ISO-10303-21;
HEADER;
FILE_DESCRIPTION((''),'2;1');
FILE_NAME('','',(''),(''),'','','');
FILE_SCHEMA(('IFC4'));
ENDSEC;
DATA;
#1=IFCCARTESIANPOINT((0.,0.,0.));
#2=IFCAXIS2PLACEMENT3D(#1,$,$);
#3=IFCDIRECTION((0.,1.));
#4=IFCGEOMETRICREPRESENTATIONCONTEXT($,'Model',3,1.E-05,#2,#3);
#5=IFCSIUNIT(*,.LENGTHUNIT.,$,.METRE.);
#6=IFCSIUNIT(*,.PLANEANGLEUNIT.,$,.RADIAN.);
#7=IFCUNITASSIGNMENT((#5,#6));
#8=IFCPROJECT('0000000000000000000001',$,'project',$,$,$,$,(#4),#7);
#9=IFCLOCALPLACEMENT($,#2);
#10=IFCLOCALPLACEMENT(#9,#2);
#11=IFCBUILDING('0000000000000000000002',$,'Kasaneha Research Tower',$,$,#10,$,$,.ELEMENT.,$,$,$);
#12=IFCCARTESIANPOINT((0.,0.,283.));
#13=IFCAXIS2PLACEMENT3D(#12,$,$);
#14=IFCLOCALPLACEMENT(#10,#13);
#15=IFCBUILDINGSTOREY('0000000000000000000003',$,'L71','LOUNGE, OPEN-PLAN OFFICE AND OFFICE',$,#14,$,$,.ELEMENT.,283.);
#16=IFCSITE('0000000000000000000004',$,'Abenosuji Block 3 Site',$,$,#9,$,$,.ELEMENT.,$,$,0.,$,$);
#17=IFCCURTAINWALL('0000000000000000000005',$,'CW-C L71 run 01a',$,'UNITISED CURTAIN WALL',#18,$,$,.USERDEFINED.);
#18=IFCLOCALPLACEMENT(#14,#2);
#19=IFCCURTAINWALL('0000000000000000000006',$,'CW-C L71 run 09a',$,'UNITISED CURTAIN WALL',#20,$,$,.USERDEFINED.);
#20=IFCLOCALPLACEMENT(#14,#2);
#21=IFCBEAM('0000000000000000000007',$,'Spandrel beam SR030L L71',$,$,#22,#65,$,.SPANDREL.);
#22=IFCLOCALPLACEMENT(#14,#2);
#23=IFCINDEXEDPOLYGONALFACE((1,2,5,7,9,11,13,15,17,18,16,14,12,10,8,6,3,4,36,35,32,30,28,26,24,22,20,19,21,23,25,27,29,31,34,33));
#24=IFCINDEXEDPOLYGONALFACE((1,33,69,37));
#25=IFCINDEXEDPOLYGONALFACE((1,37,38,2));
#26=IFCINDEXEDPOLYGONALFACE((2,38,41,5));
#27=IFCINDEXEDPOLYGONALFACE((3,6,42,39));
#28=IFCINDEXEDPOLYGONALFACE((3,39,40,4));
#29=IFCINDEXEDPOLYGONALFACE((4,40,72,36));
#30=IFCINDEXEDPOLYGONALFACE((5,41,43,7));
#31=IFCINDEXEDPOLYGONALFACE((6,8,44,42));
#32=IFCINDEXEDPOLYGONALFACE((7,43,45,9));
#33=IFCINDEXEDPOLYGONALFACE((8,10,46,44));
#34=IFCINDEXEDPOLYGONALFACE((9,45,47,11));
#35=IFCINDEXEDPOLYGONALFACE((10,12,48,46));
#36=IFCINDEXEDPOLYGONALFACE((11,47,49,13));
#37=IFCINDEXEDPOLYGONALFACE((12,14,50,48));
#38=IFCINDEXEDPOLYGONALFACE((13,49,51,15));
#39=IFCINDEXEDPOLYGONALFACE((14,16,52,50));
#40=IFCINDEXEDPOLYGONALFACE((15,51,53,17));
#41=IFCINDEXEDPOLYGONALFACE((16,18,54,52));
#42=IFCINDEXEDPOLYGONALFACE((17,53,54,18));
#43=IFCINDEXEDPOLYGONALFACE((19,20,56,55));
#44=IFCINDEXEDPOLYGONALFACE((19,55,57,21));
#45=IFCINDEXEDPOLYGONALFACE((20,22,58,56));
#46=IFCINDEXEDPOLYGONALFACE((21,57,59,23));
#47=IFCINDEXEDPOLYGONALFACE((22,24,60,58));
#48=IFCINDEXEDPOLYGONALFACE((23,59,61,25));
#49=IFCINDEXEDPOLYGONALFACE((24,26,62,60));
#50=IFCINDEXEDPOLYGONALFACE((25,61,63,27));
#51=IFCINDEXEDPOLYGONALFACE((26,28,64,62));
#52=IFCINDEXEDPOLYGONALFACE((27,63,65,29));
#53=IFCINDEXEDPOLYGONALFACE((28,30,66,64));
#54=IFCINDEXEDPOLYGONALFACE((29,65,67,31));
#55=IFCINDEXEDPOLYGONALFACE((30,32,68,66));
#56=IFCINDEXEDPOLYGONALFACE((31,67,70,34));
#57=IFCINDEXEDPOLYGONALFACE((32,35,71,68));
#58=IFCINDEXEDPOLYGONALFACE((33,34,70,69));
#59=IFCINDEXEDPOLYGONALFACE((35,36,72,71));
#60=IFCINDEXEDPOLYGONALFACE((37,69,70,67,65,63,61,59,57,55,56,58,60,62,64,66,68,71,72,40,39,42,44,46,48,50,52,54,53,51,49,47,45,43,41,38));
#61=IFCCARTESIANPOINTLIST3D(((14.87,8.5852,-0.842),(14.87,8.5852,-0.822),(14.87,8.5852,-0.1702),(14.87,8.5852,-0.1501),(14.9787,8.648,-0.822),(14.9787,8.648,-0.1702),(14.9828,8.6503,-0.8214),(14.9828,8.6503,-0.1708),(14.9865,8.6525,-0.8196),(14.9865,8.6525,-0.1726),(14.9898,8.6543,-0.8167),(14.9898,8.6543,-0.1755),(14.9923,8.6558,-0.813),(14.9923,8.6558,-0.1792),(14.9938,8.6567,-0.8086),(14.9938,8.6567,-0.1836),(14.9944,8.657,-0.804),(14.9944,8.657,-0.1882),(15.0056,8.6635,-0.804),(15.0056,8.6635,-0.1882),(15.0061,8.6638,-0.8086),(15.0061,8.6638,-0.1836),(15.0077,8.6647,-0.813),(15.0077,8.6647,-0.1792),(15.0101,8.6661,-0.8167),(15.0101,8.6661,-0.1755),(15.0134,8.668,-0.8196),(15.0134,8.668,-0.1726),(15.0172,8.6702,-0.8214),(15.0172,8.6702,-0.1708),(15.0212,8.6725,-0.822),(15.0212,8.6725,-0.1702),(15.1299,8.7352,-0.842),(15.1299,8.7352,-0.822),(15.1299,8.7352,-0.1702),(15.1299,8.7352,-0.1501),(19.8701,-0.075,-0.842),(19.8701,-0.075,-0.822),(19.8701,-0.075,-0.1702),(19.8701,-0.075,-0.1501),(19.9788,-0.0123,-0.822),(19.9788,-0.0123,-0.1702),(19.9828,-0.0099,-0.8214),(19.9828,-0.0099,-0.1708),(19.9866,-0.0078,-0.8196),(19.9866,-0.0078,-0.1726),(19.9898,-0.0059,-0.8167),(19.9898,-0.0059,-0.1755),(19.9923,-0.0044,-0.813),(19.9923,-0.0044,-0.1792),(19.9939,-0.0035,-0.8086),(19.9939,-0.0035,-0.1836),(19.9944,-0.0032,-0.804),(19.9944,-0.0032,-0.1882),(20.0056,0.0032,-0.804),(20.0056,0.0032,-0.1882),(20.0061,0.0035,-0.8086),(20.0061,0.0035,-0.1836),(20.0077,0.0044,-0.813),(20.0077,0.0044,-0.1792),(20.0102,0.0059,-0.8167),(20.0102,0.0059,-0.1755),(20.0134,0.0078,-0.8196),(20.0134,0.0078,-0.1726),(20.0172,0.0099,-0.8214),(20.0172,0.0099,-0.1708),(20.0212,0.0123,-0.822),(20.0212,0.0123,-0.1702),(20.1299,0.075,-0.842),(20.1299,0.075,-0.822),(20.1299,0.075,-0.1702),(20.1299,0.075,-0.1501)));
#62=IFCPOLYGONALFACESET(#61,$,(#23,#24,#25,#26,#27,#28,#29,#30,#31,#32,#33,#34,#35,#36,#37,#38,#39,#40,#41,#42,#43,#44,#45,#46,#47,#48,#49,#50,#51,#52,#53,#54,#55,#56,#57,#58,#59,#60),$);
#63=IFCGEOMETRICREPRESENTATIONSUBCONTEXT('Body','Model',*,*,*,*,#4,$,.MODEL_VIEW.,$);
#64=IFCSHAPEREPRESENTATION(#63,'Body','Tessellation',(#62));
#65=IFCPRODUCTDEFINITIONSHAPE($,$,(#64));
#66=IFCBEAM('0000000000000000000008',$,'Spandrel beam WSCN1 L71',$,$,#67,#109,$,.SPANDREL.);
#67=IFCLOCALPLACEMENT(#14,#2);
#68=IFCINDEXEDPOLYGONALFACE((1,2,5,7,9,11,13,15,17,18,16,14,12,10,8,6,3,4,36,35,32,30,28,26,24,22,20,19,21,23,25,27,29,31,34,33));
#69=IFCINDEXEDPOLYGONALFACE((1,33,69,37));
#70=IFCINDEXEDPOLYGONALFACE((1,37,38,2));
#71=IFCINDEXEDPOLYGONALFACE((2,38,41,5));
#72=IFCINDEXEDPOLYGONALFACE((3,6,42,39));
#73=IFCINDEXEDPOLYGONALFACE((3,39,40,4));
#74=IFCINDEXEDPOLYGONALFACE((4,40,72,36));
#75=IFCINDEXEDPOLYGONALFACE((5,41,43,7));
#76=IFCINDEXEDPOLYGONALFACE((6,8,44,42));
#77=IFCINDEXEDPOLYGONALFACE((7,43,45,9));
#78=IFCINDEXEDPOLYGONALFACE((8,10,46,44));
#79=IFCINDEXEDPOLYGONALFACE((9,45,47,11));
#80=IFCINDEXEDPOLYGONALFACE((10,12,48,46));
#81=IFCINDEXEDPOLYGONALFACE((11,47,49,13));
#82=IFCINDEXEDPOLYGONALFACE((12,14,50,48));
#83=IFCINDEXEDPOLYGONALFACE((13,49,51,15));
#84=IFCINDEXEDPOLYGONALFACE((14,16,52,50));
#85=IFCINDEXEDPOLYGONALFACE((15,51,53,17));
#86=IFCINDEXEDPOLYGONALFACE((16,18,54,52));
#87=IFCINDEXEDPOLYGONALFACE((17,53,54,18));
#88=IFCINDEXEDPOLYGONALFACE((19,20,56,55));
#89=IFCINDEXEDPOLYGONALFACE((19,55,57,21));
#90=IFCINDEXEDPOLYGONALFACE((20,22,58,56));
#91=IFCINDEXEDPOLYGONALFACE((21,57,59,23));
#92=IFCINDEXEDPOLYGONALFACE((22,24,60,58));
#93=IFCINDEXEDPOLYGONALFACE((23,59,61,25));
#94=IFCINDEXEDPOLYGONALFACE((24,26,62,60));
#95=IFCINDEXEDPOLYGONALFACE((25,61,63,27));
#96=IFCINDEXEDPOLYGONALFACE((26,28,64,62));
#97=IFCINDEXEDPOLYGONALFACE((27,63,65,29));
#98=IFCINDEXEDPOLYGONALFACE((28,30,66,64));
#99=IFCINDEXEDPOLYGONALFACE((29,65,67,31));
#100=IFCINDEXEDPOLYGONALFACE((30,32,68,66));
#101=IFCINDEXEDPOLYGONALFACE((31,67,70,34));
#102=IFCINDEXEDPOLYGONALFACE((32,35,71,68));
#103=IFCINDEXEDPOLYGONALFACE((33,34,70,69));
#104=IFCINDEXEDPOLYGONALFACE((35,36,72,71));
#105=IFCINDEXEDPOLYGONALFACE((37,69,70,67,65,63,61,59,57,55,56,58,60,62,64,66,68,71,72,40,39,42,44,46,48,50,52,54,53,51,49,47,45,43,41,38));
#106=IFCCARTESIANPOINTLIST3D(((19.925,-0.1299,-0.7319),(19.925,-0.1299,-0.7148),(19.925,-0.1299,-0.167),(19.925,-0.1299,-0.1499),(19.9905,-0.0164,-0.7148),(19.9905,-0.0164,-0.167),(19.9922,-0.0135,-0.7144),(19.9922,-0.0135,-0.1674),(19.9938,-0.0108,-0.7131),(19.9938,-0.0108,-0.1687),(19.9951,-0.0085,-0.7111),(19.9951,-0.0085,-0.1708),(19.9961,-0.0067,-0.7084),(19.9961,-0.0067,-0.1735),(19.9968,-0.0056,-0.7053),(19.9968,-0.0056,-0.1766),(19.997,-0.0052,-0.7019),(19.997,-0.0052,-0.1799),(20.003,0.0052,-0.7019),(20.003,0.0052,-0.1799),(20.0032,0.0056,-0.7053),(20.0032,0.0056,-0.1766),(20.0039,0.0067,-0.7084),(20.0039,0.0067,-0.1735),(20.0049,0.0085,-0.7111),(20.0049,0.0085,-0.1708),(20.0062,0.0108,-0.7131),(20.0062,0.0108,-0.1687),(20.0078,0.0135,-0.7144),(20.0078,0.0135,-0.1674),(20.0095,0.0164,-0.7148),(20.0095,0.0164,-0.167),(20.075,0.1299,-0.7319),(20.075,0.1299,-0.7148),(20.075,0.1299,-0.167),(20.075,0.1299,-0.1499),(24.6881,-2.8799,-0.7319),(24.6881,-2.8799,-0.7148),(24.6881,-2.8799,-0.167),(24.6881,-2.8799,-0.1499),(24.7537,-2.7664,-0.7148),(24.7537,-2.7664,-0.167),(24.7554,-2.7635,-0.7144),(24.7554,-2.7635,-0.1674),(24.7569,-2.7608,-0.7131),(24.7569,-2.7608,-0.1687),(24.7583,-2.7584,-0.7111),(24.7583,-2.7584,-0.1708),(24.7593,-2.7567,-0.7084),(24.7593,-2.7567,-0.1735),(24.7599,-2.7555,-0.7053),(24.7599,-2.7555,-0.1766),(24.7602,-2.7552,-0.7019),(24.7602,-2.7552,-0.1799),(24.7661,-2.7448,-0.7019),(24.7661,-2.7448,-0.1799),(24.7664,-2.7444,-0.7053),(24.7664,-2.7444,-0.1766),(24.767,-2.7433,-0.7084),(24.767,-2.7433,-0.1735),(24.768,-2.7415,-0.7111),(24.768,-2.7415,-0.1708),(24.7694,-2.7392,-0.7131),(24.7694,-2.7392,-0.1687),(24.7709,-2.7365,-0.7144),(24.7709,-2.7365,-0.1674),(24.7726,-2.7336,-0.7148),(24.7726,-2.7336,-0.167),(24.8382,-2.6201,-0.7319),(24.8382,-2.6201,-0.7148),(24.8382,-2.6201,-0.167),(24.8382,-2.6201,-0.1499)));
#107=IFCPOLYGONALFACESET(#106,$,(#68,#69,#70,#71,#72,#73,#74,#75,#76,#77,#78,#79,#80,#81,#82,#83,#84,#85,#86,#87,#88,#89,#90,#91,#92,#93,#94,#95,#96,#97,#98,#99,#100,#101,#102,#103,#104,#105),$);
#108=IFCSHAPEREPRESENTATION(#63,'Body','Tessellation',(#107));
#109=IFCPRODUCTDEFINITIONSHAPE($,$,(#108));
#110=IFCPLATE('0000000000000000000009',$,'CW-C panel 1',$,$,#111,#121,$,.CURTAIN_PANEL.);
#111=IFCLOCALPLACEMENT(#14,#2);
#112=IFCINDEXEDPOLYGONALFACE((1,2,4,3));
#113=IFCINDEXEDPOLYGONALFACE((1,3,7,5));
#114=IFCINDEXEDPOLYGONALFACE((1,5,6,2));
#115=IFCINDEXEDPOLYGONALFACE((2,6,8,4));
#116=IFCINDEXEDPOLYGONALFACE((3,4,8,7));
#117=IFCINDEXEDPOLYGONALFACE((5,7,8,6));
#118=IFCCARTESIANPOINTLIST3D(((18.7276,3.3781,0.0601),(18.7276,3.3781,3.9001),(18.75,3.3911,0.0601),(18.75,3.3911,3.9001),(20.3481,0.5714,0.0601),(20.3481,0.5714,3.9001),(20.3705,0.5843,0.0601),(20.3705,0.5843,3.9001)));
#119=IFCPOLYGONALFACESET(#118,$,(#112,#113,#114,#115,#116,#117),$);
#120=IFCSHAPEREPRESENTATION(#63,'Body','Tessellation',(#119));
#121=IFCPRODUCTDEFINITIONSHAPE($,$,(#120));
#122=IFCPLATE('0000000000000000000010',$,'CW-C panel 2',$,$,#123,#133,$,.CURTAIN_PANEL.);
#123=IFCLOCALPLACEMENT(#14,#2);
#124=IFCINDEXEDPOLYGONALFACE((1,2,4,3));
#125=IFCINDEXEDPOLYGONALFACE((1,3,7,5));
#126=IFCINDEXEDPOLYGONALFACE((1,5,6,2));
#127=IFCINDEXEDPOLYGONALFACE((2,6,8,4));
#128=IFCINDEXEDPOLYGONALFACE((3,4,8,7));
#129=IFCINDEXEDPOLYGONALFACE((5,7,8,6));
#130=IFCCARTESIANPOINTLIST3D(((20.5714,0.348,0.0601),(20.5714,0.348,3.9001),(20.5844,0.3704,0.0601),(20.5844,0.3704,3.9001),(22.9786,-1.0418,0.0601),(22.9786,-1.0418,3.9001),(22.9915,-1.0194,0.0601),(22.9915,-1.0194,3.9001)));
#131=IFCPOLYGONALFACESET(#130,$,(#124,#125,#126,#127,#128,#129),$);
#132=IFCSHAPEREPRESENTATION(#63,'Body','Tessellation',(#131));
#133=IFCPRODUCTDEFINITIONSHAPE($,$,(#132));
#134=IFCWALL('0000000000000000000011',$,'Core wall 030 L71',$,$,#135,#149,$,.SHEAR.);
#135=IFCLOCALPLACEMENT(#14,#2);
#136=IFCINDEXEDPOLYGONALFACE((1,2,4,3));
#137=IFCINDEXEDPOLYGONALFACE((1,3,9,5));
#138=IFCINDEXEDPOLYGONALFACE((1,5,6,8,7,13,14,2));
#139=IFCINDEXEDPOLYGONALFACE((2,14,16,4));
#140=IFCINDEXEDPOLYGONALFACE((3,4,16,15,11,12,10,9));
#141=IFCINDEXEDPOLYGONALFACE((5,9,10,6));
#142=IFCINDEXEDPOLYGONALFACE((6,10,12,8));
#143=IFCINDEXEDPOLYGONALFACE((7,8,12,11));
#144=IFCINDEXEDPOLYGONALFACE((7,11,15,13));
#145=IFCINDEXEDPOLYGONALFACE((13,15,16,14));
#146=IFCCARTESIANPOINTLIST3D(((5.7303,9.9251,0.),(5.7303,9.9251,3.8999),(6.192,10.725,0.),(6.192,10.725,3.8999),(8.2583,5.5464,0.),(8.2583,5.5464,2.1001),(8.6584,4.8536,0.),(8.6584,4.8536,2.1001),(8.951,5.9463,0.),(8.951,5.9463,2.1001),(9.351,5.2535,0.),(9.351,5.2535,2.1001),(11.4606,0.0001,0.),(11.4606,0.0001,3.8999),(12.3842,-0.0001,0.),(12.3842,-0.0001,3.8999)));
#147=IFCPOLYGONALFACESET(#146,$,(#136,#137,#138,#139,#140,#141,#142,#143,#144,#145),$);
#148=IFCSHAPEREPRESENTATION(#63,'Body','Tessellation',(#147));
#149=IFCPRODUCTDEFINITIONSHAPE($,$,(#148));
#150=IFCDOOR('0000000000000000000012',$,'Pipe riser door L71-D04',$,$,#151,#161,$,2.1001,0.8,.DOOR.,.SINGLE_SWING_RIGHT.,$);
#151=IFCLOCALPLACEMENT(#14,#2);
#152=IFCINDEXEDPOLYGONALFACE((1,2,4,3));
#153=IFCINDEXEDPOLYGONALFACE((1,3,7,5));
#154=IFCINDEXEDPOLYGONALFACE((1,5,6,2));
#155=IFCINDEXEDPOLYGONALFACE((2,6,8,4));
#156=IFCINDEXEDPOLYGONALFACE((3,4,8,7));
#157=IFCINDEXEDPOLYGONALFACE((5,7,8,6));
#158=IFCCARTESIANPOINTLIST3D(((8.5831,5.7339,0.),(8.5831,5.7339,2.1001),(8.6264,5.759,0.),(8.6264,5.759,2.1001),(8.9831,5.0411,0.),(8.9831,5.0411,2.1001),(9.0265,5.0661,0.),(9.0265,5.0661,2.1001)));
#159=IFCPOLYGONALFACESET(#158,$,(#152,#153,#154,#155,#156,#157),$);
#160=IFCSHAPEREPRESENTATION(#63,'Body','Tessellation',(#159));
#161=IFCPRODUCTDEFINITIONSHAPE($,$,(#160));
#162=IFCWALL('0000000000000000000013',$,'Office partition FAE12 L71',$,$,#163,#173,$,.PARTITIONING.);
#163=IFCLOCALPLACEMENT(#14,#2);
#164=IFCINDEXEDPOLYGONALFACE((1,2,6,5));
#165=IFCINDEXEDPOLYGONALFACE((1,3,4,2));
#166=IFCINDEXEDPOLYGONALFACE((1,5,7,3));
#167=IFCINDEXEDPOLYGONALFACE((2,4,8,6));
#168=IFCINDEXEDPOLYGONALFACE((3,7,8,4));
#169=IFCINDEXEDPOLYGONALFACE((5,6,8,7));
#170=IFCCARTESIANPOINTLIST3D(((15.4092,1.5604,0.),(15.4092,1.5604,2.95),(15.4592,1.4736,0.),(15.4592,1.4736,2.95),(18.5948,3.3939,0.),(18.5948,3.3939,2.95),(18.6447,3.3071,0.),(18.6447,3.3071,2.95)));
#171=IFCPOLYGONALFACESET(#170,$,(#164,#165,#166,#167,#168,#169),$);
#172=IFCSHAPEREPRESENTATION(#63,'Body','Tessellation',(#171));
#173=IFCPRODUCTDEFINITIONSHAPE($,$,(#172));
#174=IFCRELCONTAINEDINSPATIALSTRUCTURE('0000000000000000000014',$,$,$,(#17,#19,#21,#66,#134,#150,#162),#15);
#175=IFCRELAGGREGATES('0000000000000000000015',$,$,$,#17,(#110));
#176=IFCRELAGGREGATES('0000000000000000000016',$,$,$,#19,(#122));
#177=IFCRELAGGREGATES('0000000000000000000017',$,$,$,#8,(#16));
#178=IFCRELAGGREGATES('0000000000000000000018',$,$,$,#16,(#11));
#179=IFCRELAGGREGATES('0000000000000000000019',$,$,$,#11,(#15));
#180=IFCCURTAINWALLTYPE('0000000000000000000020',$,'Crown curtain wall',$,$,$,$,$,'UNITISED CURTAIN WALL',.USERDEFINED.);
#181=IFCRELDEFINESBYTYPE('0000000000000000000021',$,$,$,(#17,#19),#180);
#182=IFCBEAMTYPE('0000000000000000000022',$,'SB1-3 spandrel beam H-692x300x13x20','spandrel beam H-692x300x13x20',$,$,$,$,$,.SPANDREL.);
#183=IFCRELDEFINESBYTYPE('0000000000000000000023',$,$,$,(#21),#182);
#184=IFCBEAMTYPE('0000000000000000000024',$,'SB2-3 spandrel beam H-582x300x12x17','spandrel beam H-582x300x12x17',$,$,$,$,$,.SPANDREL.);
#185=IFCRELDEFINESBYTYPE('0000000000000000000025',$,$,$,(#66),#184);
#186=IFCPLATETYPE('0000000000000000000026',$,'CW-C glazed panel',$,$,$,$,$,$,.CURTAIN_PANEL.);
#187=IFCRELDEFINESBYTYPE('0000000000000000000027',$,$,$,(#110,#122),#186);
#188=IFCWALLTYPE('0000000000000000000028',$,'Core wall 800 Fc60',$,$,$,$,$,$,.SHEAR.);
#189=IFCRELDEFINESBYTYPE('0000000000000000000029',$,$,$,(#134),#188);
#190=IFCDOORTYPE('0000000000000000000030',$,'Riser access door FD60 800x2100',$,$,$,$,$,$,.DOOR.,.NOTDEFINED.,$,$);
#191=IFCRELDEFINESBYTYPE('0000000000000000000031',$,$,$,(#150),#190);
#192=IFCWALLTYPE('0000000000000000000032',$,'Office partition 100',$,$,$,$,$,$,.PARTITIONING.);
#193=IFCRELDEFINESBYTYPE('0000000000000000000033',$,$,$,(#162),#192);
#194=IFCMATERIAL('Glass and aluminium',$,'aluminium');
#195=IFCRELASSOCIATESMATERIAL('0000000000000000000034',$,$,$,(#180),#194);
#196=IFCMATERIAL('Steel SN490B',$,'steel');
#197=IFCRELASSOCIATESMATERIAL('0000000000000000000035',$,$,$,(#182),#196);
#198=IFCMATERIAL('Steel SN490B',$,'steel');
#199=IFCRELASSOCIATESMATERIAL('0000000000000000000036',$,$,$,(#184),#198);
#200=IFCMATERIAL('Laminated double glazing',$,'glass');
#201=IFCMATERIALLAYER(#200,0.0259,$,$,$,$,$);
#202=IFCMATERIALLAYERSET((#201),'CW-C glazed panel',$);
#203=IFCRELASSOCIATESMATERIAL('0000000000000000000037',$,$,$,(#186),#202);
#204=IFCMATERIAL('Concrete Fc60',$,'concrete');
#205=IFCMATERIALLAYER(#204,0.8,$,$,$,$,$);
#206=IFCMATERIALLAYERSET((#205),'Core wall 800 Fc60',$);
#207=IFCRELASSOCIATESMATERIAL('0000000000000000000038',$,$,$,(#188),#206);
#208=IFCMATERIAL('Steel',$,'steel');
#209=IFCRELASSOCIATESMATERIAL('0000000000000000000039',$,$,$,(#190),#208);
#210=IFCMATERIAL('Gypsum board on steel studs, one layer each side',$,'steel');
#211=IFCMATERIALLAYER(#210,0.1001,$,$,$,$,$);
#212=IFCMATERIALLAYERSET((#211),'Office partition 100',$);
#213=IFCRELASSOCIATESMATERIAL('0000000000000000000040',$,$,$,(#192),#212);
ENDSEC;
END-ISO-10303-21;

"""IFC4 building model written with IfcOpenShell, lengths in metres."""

from ifc_helpers import new_model, si_unit, direction, frame, frame_2d, origin, origin_2d, place, context, subcontext, project, spatial, polyline, rectangle, i_section, outline, extrude, material, layer, layer_set, material_profile, profile_set, type_object, element, fill, aggregate, save


model = new_model("IFC4")

# Units and contexts
model_context = context("Model", 3, precision=1e-05, world=origin(), true_north=direction((0.0, 1.0)))
body_context = subcontext(model_context, "Body", "Model", "MODEL_VIEW")
ifc_project = project(units=[si_unit("LENGTHUNIT", "METRE"), si_unit("PLANEANGLEUNIT", "RADIAN")], contexts=[model_context])

# Site, building, storey
site_placement = place(None, origin())
site = spatial("IfcSite", under=ifc_project, at=site_placement, Name="Abenosuji Block 3 Site", CompositionType="ELEMENT", RefElevation=0.0)
building_placement = place(site_placement, origin())
building = spatial("IfcBuilding", under=site, at=building_placement, Name="Kasaneha Research Tower", CompositionType="ELEMENT")
storey_placement = place(building_placement, frame((0.0, 0.0, 283.0)))
storey = spatial("IfcBuildingStorey", under=building, at=storey_placement, Name="L71", Description="LOUNGE, OPEN-PLAN OFFICE AND OFFICE", CompositionType="ELEMENT", Elevation=283.0)

# Curtain walls
ifc_material_1 = material(Name="Glass and aluminium", Category="aluminium")
curtain_wall_type = type_object("IfcCurtainWallType", Name="Crown curtain wall", ElementType="UNITISED CURTAIN WALL", PredefinedType="USERDEFINED", material=ifc_material_1)
curtain_wall_1_placement = place(storey_placement, origin())
curtain_wall_1 = element("IfcCurtainWall", 1, at=curtain_wall_1_placement, inside=storey, type_object=curtain_wall_type, Name="CW-C L71 run 01a", ObjectType="UNITISED CURTAIN WALL", PredefinedType="USERDEFINED")
curtain_wall_2_placement = place(storey_placement, origin())
curtain_wall_2 = element("IfcCurtainWall", 2, at=curtain_wall_2_placement, inside=storey, type_object=curtain_wall_type, Name="CW-C L71 run 09a", ObjectType="UNITISED CURTAIN WALL", PredefinedType="USERDEFINED")

# Beams
ifc_material_2 = material(Name="Steel SN490B", Category="steel")
ifc_material_profile_1 = material_profile(ifc_material_2, i_section(OverallWidth=0.3, OverallDepth=0.6919, WebThickness=0.0129, FlangeThickness=0.02, FilletRadius=0.0181, at=origin_2d()), Name="H-692x300x13x20")
ifc_profile_set_1 = profile_set([ifc_material_profile_1], Name="Steel SN490B")
beam_type_1 = type_object("IfcBeamType", Name="SB1-3 spandrel beam H-692x300x13x20", Description="spandrel beam H-692x300x13x20", PredefinedType="SPANDREL", material=ifc_profile_set_1)
beam_1_placement = place(storey_placement, frame((20.0, 0.0, -0.4961), z_axis=(-0.500004, 0.866023, 0.0), x_axis=(-0.866023, -0.500004, 0.0)))
element("IfcBeam", 3, at=beam_1_placement, inside=storey, type_object=beam_type_1, Name="Spandrel beam SR030L L71", PredefinedType="SPANDREL", context=body_context, shape_type="SweptSolid", body=[
    extrude(i_section(OverallWidth=0.3, OverallDepth=0.6919, WebThickness=0.0129, FlangeThickness=0.02, FilletRadius=0.0181, at=origin_2d()), origin(), (0.0, 0.0, 1.0), 10.0),
])
ifc_material_3 = material(Name="Steel SN490B", Category="steel")
ifc_material_profile_2 = material_profile(ifc_material_3, i_section(OverallWidth=0.3, OverallDepth=0.582, WebThickness=0.012, FlangeThickness=0.0171, FilletRadius=0.0129, at=origin_2d()), Name="H-582x300x12x17")
ifc_profile_set_2 = profile_set([ifc_material_profile_2], Name="Steel SN490B")
beam_type_2 = type_object("IfcBeamType", Name="SB2-3 spandrel beam H-582x300x12x17", Description="spandrel beam H-582x300x12x17", PredefinedType="SPANDREL", material=ifc_profile_set_2)
beam_2_placement = place(storey_placement, frame((20.0, 0.0, -0.4409), z_axis=(0.866027, -0.499997, 0.0), x_axis=(0.499997, 0.866027, 0.0)))
element("IfcBeam", 4, at=beam_2_placement, inside=storey, type_object=beam_type_2, Name="Spandrel beam WSCN1 L71", PredefinedType="SPANDREL", context=body_context, shape_type="SweptSolid", body=[
    extrude(i_section(OverallWidth=0.3, OverallDepth=0.582, WebThickness=0.012, FlangeThickness=0.0171, FilletRadius=0.0129, at=origin_2d()), origin(), (0.0, 0.0, 1.0), 5.5),
])

# Plates
ifc_material_4 = material(Name="Laminated double glazing", Category="glass")
ifc_layer_1 = layer(ifc_material_4, 0.0259)
ifc_layer_set_1 = layer_set([ifc_layer_1], Name="CW-C glazed panel")
plate_type = type_object("IfcPlateType", Name="CW-C glazed panel", PredefinedType="CURTAIN_PANEL", material=ifc_layer_set_1)
plate_1_placement = place(storey_placement, frame((19.5491, 1.9812, 0.0601), z_axis=(0.0, 0.0, 1.0), x_axis=(-0.5, 0.866025, 0.0)))
plate_1 = element("IfcPlate", 5, at=plate_1_placement, type_object=plate_type, Name="CW-C panel 1", PredefinedType="CURTAIN_PANEL", context=body_context, shape_type="SweptSolid", body=[
    extrude(rectangle(XDim=3.241, YDim=0.0259, at=origin_2d()), origin(), (0.0, 0.0, 1.0), 3.8401),
])
aggregate(curtain_wall_1, [plate_1])
plate_2_placement = place(storey_placement, frame((21.7815, -0.3357, 0.0601), z_axis=(0.0, 0.0, 1.0), x_axis=(-0.866025, 0.5, 0.0)))
plate_2 = element("IfcPlate", 6, at=plate_2_placement, type_object=plate_type, Name="CW-C panel 2", PredefinedType="CURTAIN_PANEL", context=body_context, shape_type="SweptSolid", body=[
    extrude(rectangle(XDim=2.7795, YDim=0.0259, at=origin_2d()), origin(), (0.0, 0.0, 1.0), 3.8401),
])
aggregate(curtain_wall_2, [plate_2])

# Wall, opening, door
ifc_material_5 = material(Name="Concrete Fc60", Category="concrete")
ifc_layer_2 = layer(ifc_material_5, 0.8)
ifc_layer_set_2 = layer_set([ifc_layer_2], Name="Core wall 800 Fc60")
wall_type_1 = type_object("IfcWallType", Name="Core wall 800 Fc60", PredefinedType="SHEAR", material=ifc_layer_set_2)
wall_1_placement = place(storey_placement, frame((11.9224, 0.0, 0.0), z_axis=(0.0, 0.0, 1.0), x_axis=(-0.500004, 0.866023, 0.0)))
wall_1 = element("IfcWall", 7, at=wall_1_placement, inside=storey, type_object=wall_type_1, Name="Core wall 030 L71", PredefinedType="SHEAR", context=body_context, shape_type="SweptSolid", body=[
    extrude(outline(polyline([(-0.231, -0.3999), (5.8354, -0.3999), (6.6355, -0.3999), (12.1533, -0.3999), (11.6914, 0.3999), (6.6355, 0.3999), (5.8354, 0.3999), (0.231, 0.3999), (-0.231, -0.3999)])), origin(), (0.0, 0.0, 1.0), 3.8999),
])
opening_1_placement = place(wall_1_placement, frame((5.8354, 0.0, 0.0)))
opening_1 = element("IfcOpeningElement", 8, at=opening_1_placement, cuts=wall_1, PredefinedType="OPENING", context=body_context, shape_type="SweptSolid", body=[
    extrude(rectangle(XDim=0.8, YDim=2.1001, at=frame_2d((0.3999, 1.05))), frame((0.0, 0.4102, 0.0), z_axis=(0.0, -1.0, 0.0), x_axis=(1.0, 0.0, 0.0)), (0.0, 0.0, 1.0), 0.8201),
])
ifc_material_6 = material(Name="Steel", Category="steel")
door_type_1 = type_object("IfcDoorType", Name="Riser access door FD60 800x2100", OperationType="NOTDEFINED", PredefinedType="DOOR", material=ifc_material_6)
door_1_placement = place(opening_1_placement, origin())
door_1 = element("IfcDoor", 9, at=door_1_placement, inside=storey, type_object=door_type_1, Name="Pipe riser door L71-D04", OperationType="SINGLE_SWING_RIGHT", OverallHeight=2.1001, OverallWidth=0.8, PredefinedType="DOOR", context=body_context, shape_type="SweptSolid", body=[
    extrude(rectangle(XDim=0.8, YDim=2.1001, at=frame_2d((0.3999, 1.05))), frame((0.0, 0.0249, 0.0), z_axis=(0.0, -1.0, 0.0), x_axis=(1.0, 0.0, 0.0)), (0.0, 0.0, 1.0), 0.05),
])
fill(opening_1, door_1)

# Wall
ifc_material_7 = material(Name="Gypsum board on steel studs, one layer each side", Category="steel")
ifc_layer_3 = layer(ifc_material_7, 0.1001)
ifc_layer_set_3 = layer_set([ifc_layer_3], Name="Office partition 100")
wall_type_2 = type_object("IfcWallType", Name="Office partition 100", PredefinedType="PARTITIONING", material=ifc_layer_set_3)
wall_2_placement = place(storey_placement, frame((18.6199, 3.3506, 0.0), z_axis=(0.0, 0.0, 1.0), x_axis=(-0.866694, -0.49884, 0.0)))
element("IfcWall", 10, at=wall_2_placement, inside=storey, type_object=wall_type_2, Name="Office partition FAE12 L71", PredefinedType="PARTITIONING", context=body_context, shape_type="SweptSolid", body=[
    extrude(rectangle(XDim=3.6755, YDim=0.1001, at=frame_2d((1.8379, 0.0))), origin(), (0.0, 0.0, 1.0), 2.95),
])

save(model, "model.ifc")
